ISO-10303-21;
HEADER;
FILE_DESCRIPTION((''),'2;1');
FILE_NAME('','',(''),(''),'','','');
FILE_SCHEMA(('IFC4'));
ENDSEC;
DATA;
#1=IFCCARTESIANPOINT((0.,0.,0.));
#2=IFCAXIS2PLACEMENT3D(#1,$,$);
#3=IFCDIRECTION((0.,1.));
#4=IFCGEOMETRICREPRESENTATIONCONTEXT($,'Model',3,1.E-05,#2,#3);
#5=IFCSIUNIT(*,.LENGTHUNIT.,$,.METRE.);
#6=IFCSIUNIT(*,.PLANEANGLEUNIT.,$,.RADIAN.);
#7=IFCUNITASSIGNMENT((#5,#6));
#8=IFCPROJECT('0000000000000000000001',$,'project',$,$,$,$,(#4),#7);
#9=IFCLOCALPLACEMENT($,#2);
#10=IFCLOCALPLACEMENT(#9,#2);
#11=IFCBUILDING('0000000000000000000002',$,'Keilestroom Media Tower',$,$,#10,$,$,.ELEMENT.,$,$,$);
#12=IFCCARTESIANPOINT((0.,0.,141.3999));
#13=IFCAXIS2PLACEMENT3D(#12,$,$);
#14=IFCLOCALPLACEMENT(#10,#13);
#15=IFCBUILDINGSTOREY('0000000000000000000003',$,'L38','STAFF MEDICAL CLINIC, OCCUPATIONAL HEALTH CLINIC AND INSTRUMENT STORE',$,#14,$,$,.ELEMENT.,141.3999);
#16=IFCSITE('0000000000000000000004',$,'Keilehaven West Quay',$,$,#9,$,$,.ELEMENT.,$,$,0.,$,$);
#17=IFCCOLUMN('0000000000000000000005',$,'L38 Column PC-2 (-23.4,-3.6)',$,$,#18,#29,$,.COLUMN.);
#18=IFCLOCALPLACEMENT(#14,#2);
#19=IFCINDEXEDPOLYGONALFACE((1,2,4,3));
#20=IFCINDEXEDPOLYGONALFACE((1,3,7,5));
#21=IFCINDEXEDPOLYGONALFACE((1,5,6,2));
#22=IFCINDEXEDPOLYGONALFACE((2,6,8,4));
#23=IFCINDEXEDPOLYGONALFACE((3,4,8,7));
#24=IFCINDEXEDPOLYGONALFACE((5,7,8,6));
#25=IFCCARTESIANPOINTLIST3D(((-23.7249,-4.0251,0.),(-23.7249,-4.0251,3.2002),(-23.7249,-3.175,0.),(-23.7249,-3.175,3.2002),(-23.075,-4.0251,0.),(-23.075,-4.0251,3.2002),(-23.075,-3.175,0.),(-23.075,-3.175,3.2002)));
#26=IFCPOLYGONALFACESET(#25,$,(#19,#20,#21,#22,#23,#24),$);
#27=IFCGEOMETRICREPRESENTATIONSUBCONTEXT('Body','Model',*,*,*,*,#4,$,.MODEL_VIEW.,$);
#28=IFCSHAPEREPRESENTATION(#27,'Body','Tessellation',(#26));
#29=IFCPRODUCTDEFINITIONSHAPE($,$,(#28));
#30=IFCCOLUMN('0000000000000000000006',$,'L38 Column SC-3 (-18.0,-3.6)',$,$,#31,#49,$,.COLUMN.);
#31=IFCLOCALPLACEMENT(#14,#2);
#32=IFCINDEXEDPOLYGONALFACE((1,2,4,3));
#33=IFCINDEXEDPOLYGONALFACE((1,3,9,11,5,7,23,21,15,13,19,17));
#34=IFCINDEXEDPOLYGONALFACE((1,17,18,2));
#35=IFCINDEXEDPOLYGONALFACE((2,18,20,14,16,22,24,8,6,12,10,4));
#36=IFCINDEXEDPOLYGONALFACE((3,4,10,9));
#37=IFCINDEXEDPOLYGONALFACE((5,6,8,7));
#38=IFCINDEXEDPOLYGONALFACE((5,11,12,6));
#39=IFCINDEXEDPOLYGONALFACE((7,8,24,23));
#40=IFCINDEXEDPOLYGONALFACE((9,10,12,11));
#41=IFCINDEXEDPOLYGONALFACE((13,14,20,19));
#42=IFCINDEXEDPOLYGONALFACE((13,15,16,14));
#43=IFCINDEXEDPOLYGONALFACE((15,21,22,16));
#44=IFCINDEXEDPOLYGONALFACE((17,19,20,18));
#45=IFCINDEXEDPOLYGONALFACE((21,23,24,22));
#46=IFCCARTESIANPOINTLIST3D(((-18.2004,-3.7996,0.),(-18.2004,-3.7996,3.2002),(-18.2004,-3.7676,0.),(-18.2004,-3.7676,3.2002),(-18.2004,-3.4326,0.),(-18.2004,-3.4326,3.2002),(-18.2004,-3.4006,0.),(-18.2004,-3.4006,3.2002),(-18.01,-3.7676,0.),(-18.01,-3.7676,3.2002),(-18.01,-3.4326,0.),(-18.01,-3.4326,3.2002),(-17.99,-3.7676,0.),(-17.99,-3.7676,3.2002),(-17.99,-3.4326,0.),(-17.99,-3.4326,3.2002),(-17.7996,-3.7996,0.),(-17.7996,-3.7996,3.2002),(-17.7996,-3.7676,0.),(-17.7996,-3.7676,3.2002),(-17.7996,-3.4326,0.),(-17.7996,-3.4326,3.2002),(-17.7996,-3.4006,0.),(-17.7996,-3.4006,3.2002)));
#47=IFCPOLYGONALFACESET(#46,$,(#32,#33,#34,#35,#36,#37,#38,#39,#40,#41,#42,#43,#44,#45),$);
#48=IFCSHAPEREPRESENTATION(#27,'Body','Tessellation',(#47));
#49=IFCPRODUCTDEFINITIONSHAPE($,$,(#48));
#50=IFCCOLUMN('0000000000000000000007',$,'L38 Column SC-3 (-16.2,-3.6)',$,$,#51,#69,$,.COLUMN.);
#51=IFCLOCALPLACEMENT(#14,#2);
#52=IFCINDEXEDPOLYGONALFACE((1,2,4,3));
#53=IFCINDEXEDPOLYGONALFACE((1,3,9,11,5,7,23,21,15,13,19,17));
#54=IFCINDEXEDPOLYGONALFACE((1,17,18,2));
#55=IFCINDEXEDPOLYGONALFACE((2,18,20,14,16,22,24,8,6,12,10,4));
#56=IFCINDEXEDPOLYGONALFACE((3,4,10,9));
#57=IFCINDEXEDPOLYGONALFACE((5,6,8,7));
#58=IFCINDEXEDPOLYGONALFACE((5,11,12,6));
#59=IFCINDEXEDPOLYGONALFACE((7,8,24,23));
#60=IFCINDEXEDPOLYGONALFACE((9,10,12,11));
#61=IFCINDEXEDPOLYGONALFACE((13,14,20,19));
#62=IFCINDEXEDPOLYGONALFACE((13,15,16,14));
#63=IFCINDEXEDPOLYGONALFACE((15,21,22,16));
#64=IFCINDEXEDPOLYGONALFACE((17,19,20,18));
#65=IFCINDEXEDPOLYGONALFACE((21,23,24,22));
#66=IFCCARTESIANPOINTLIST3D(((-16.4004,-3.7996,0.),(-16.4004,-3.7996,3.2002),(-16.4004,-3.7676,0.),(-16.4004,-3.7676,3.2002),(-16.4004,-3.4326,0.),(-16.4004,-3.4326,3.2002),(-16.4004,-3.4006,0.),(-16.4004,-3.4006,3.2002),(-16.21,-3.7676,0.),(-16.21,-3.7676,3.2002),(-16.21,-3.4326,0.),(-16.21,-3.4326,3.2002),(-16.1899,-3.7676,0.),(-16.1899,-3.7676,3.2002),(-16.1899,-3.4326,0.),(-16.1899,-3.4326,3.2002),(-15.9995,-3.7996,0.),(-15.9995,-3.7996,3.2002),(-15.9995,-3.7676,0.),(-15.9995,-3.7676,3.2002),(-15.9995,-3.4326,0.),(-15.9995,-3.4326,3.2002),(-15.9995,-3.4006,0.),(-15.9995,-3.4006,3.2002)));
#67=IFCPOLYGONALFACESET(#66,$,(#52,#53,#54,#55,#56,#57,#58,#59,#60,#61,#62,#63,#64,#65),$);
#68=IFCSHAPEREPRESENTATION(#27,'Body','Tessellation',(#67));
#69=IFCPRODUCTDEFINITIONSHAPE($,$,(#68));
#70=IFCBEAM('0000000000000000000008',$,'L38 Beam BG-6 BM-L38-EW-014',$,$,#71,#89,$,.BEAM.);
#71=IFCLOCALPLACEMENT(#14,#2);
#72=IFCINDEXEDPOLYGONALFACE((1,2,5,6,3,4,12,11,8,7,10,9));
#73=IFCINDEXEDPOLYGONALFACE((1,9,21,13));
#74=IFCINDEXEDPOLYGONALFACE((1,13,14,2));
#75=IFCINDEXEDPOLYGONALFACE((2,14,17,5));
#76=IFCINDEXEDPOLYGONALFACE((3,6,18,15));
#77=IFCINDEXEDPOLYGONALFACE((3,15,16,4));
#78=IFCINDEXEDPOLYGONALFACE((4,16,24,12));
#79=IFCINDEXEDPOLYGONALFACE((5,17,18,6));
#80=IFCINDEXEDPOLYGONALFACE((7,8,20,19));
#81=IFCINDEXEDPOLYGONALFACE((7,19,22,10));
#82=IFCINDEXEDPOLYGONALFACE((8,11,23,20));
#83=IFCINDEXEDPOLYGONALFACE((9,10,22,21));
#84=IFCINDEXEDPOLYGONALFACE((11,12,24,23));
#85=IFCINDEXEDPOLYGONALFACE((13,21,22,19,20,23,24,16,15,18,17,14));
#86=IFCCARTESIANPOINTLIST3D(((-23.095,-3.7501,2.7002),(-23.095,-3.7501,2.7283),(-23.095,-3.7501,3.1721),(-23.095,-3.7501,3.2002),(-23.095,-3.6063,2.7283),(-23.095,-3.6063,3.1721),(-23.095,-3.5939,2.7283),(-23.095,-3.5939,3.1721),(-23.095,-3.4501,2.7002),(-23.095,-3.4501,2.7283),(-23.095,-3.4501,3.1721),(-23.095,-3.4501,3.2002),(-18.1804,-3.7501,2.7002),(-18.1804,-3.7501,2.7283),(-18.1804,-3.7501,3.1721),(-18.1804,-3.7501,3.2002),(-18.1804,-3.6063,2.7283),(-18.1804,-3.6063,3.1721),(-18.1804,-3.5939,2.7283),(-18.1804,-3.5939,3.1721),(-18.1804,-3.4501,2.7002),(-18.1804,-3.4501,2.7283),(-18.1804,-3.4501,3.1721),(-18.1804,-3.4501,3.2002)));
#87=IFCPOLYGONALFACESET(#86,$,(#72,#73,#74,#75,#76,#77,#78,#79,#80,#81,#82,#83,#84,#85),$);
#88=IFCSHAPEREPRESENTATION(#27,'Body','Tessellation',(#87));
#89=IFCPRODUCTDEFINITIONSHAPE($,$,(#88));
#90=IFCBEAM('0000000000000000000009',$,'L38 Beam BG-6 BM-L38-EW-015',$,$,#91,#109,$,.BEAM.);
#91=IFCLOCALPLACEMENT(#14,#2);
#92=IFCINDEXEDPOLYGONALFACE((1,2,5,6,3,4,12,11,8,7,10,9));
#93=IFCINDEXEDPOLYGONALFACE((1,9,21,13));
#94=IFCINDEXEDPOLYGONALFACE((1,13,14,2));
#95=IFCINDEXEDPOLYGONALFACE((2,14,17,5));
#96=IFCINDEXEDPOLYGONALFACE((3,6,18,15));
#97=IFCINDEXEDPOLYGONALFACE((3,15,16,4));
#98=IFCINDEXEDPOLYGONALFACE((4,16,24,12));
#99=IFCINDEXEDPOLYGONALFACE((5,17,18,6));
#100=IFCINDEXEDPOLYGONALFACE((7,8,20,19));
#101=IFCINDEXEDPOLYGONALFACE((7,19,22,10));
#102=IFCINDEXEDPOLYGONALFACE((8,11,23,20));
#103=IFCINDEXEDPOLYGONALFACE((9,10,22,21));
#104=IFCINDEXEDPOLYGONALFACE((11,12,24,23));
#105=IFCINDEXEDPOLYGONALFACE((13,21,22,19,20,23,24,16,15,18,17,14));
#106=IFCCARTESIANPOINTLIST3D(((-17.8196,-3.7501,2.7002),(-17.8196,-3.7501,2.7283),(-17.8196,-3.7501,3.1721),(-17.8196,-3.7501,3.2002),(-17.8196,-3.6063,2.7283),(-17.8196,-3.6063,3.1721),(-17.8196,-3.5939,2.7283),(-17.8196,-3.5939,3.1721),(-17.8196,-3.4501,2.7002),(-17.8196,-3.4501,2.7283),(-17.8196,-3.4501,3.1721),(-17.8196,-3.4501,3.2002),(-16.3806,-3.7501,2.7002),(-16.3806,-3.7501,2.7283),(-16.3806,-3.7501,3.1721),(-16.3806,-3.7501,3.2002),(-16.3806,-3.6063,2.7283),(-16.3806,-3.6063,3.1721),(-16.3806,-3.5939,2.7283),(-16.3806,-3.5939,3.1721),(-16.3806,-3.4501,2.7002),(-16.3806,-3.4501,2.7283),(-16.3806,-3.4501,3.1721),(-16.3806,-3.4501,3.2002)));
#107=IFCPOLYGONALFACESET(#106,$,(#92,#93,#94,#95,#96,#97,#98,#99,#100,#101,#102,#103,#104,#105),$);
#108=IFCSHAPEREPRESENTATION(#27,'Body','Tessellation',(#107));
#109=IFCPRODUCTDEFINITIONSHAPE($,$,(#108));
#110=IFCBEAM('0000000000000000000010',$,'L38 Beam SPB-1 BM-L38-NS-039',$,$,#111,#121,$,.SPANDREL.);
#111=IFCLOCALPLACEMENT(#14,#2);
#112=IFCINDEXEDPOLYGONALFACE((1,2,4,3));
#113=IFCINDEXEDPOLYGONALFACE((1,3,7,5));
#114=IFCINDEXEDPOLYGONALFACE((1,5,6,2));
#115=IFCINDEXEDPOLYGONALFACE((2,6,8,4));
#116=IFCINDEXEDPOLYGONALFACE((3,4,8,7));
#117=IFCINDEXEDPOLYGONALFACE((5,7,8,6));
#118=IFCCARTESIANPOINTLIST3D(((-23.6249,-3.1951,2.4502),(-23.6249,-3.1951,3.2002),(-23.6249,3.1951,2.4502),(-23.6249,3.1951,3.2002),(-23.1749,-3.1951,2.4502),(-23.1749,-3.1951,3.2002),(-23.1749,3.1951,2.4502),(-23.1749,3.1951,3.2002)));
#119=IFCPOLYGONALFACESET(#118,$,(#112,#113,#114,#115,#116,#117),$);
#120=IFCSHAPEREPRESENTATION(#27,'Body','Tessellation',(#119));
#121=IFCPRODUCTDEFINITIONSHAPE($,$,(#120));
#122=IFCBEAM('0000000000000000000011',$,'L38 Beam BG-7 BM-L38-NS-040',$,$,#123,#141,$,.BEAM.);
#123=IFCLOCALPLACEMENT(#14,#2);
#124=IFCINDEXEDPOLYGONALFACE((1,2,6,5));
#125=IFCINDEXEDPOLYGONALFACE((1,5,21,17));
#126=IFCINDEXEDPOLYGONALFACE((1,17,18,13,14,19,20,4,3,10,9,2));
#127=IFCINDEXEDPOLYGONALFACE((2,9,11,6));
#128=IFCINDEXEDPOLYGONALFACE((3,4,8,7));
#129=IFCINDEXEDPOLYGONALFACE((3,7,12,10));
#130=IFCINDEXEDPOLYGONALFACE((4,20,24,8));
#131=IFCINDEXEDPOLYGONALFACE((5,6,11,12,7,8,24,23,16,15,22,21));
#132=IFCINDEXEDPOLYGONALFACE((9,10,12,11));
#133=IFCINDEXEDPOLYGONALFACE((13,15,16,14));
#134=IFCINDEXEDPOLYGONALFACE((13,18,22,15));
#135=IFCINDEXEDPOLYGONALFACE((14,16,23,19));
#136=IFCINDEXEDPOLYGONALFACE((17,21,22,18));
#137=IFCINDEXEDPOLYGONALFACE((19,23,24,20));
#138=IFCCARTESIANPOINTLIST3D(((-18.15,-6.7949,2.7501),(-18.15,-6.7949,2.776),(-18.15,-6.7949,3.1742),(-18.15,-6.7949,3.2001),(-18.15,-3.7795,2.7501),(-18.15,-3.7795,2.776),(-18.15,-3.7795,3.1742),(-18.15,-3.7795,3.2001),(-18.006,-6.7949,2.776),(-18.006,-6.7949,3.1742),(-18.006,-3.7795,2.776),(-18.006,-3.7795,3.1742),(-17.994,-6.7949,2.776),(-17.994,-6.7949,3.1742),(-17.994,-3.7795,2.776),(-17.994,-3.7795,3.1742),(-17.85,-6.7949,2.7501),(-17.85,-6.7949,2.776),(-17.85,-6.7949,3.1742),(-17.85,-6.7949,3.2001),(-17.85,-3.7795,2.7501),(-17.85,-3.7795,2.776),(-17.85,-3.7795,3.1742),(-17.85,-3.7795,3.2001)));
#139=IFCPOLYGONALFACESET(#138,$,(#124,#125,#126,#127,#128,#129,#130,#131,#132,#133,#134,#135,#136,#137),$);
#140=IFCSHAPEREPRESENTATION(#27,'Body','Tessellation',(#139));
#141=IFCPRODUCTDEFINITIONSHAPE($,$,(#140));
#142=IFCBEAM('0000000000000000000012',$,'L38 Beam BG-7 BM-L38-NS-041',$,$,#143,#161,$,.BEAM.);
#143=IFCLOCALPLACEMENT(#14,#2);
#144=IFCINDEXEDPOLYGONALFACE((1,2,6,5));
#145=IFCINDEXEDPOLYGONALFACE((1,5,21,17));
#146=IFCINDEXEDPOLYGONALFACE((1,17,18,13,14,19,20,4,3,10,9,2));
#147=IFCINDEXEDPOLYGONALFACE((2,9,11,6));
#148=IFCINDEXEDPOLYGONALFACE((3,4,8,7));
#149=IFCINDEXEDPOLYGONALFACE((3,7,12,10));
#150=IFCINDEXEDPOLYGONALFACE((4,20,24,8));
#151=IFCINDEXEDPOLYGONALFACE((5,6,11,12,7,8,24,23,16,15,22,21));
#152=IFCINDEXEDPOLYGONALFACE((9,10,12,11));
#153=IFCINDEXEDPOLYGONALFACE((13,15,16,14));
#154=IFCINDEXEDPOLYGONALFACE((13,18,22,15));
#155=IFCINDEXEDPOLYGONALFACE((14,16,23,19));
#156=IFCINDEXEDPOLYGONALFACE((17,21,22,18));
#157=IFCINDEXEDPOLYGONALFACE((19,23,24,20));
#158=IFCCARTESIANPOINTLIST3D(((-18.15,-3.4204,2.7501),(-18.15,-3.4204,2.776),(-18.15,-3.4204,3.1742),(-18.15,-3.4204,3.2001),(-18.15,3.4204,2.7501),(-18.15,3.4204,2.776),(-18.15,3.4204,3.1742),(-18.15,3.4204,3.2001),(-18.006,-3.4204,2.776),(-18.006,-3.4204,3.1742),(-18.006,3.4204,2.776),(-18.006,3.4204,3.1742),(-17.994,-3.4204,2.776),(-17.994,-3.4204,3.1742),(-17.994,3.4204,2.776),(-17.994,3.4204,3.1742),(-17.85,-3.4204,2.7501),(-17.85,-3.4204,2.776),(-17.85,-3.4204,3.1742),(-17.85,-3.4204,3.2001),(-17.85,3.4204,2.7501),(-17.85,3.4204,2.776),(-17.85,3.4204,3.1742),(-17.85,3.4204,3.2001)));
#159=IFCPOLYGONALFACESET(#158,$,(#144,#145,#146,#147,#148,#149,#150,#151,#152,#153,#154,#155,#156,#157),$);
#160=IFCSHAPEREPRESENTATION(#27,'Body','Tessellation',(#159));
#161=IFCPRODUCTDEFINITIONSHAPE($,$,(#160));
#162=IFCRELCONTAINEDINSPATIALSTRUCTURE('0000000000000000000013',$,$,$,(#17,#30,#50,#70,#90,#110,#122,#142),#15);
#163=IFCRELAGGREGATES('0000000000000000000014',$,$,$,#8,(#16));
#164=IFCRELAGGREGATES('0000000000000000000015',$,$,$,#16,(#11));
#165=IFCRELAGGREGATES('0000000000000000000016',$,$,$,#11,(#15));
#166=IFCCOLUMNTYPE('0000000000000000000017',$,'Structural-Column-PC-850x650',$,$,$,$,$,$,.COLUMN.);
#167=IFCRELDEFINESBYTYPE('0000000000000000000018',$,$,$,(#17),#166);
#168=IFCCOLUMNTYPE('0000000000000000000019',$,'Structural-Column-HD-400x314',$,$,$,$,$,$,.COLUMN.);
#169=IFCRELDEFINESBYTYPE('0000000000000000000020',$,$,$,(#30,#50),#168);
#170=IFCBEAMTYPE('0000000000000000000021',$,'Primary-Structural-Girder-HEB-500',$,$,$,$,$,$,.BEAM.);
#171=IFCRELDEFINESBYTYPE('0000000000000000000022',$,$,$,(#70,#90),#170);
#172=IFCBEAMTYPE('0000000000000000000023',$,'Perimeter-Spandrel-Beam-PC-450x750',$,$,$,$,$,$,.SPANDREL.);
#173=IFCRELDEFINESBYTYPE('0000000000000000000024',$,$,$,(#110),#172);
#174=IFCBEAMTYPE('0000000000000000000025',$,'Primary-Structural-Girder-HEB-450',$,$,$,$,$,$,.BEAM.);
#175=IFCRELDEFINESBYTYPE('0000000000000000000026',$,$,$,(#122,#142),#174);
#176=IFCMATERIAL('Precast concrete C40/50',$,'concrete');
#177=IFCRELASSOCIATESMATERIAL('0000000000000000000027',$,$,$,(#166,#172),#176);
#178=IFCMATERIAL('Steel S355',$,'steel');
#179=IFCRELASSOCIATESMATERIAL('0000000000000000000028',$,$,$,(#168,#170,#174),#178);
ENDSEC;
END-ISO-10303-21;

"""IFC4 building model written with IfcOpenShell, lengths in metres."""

from ifc_helpers import new_model, si_unit, direction, frame, origin, origin_2d, place, context, subcontext, project, spatial, rectangle, i_section, extrude, source, transform, mapped, material, material_profile, profile_set, type_object, element, save


model = new_model("IFC4")

# Units and contexts
model_context = context("Model", 3, precision=1e-05, world=origin(), true_north=direction((0.0, 1.0)))
body_context = subcontext(model_context, "Body", "Model", "MODEL_VIEW")
ifc_project = project(units=[si_unit("LENGTHUNIT", "METRE"), si_unit("PLANEANGLEUNIT", "RADIAN")], contexts=[model_context])

# Site, building, storey
site_placement = place(None, origin())
site = spatial("IfcSite", under=ifc_project, at=site_placement, Name="Keilehaven West Quay", CompositionType="ELEMENT", RefElevation=0.0)
building_placement = place(site_placement, origin())
building = spatial("IfcBuilding", under=site, at=building_placement, Name="Keilestroom Media Tower", CompositionType="ELEMENT")
storey_placement = place(building_placement, frame((0.0, 0.0, 141.3999)))
storey = spatial("IfcBuildingStorey", under=building, at=storey_placement, Name="L38", Description="STAFF MEDICAL CLINIC, OCCUPATIONAL HEALTH CLINIC AND INSTRUMENT STORE", CompositionType="ELEMENT", Elevation=141.3999)

# Columns
ifc_material_1 = material(Name="Precast concrete C40/50", Category="concrete")
ifc_material_profile_1 = material_profile(ifc_material_1, rectangle(XDim=0.6499, YDim=0.8501, at=origin_2d()), Name="PC 850x650")
ifc_profile_set_1 = profile_set([ifc_material_profile_1], Name="Precast concrete C40/50")
column_type_1 = type_object("IfcColumnType", Name="Structural-Column-PC-850x650", PredefinedType="COLUMN", material=ifc_profile_set_1)
shared_shape_1 = source(origin(), body_context, "Body", "SweptSolid", [
    extrude(rectangle(XDim=0.6499, YDim=0.8501, at=origin_2d()), origin(), (0.0, 0.0, 1.0), 3.2002),
])
column_placement = place(storey_placement, frame((-23.3999, -3.6001, 0.0), z_axis=(0.0, 0.0, 1.0), x_axis=(1.0, 0.0, 0.0)))
element("IfcColumn", 1, at=column_placement, inside=storey, type_object=column_type_1, Name="L38 Column PC-2 (-23.4,-3.6)", PredefinedType="COLUMN", context=body_context, shape_type="MappedRepresentation", body=[
    mapped(shared_shape_1, transform((0.0, 0.0, 0.0), x_axis=(1.0, 0.0, 0.0), y_axis=(0.0, 1.0, 0.0), z_axis=(0.0, 0.0, 1.0), scale=1.0)),
])
ifc_material_2 = material(Name="Steel S355", Category="steel")
ifc_material_profile_2 = material_profile(ifc_material_2, i_section(OverallWidth=0.4009, OverallDepth=0.3989, WebThickness=0.02, FlangeThickness=0.032, at=origin_2d()), Name="HD 400x314")
ifc_profile_set_2 = profile_set([ifc_material_profile_2], Name="Steel S355")
column_type_2 = type_object("IfcColumnType", Name="Structural-Column-HD-400x314", PredefinedType="COLUMN", material=ifc_profile_set_2)
shared_shape_2 = source(origin(), body_context, "Body", "SweptSolid", [
    extrude(i_section(OverallWidth=0.4009, OverallDepth=0.3989, WebThickness=0.02, FlangeThickness=0.032, at=origin_2d()), origin(), (0.0, 0.0, 1.0), 3.2002),
])
for number, where, z_axis, x_axis, name in (
    (2, (-18.0, -3.6001, 0.0), (0.0, 0.0, 1.0), (1.0, 0.0, 0.0), "L38 Column SC-3 (-18.0,-3.6)"),
    (3, (-16.2, -3.6001, 0.0), (0.0, 0.0, 1.0), (1.0, 0.0, 0.0), "L38 Column SC-3 (-16.2,-3.6)"),
):
    element("IfcColumn", number, at=place(storey_placement, frame(where, z_axis=z_axis, x_axis=x_axis)), inside=storey, type_object=column_type_2, Name=name, PredefinedType="COLUMN", context=body_context, shape_type="MappedRepresentation", body=[
        mapped(shared_shape_2, transform((0.0, 0.0, 0.0), x_axis=(1.0, 0.0, 0.0), y_axis=(0.0, 1.0, 0.0), z_axis=(0.0, 0.0, 1.0), scale=1.0)),
    ])

# Beams
ifc_material_profile_3 = material_profile(ifc_material_2, i_section(OverallWidth=0.3, OverallDepth=0.5, WebThickness=0.0125, FlangeThickness=0.0281, at=origin_2d()), Name="HEB 500")
ifc_profile_set_3 = profile_set([ifc_material_profile_3], Name="Steel S355")
beam_type_1 = type_object("IfcBeamType", Name="Primary-Structural-Girder-HEB-500", PredefinedType="BEAM", material=ifc_profile_set_3)
shared_shape_3 = source(origin(), body_context, "Body", "SweptSolid", [
    extrude(i_section(OverallWidth=0.3, OverallDepth=0.5, WebThickness=0.0125, FlangeThickness=0.0281, at=origin_2d()), origin(), (0.0, 0.0, 1.0), 4.9146),
])
beam_1_placement = place(storey_placement, frame((-23.095, -3.6001, 2.9502), z_axis=(1.0, 0.0, 0.0), x_axis=(0.0, 1.0, 0.0)))
element("IfcBeam", 4, at=beam_1_placement, inside=storey, type_object=beam_type_1, Name="L38 Beam BG-6 BM-L38-EW-014", PredefinedType="BEAM", context=body_context, shape_type="MappedRepresentation", body=[
    mapped(shared_shape_3, transform((0.0, 0.0, 0.0), x_axis=(1.0, 0.0, 0.0), y_axis=(0.0, 1.0, 0.0), z_axis=(0.0, 0.0, 1.0), scale=1.0)),
])
shared_shape_4 = source(origin(), body_context, "Body", "SweptSolid", [
    extrude(i_section(OverallWidth=0.3, OverallDepth=0.5, WebThickness=0.0125, FlangeThickness=0.0281, at=origin_2d()), origin(), (0.0, 0.0, 1.0), 1.439),
])
beam_2_placement = place(storey_placement, frame((-17.8196, -3.6001, 2.9502), z_axis=(1.0, 0.0, 0.0), x_axis=(0.0, 1.0, 0.0)))
element("IfcBeam", 5, at=beam_2_placement, inside=storey, type_object=beam_type_1, Name="L38 Beam BG-6 BM-L38-EW-015", PredefinedType="BEAM", context=body_context, shape_type="MappedRepresentation", body=[
    mapped(shared_shape_4, transform((0.0, 0.0, 0.0), x_axis=(1.0, 0.0, 0.0), y_axis=(0.0, 1.0, 0.0), z_axis=(0.0, 0.0, 1.0), scale=1.0)),
])
ifc_material_profile_4 = material_profile(ifc_material_1, rectangle(XDim=0.45, YDim=0.75, at=origin_2d()), Name="PC 450x750")
ifc_profile_set_4 = profile_set([ifc_material_profile_4], Name="Precast concrete C40/50")
beam_type_2 = type_object("IfcBeamType", Name="Perimeter-Spandrel-Beam-PC-450x750", PredefinedType="SPANDREL", material=ifc_profile_set_4)
shared_shape_5 = source(origin(), body_context, "Body", "SweptSolid", [
    extrude(rectangle(XDim=0.45, YDim=0.75, at=origin_2d()), origin(), (0.0, 0.0, 1.0), 6.3901),
])
beam_3_placement = place(storey_placement, frame((-23.3999, -3.1951, 2.8252), z_axis=(0.0, 1.0, 0.0), x_axis=(-1.0, 0.0, 0.0)))
element("IfcBeam", 6, at=beam_3_placement, inside=storey, type_object=beam_type_2, Name="L38 Beam SPB-1 BM-L38-NS-039", PredefinedType="SPANDREL", context=body_context, shape_type="MappedRepresentation", body=[
    mapped(shared_shape_5, transform((0.0, 0.0, 0.0), x_axis=(1.0, 0.0, 0.0), y_axis=(0.0, 1.0, 0.0), z_axis=(0.0, 0.0, 1.0), scale=1.0)),
])
ifc_material_profile_5 = material_profile(ifc_material_2, i_section(OverallWidth=0.3, OverallDepth=0.45, WebThickness=0.012, FlangeThickness=0.0259, at=origin_2d()), Name="HEB 450")
ifc_profile_set_5 = profile_set([ifc_material_profile_5], Name="Steel S355")
beam_type_3 = type_object("IfcBeamType", Name="Primary-Structural-Girder-HEB-450", PredefinedType="BEAM", material=ifc_profile_set_5)
shared_shape_6 = source(origin(), body_context, "Body", "SweptSolid", [
    extrude(i_section(OverallWidth=0.3, OverallDepth=0.45, WebThickness=0.012, FlangeThickness=0.0259, at=origin_2d()), origin(), (0.0, 0.0, 1.0), 3.0154),
])
beam_4_placement = place(storey_placement, frame((-18.0, -6.7949, 2.9751), z_axis=(0.0, 1.0, 0.0), x_axis=(-1.0, 0.0, 0.0)))
element("IfcBeam", 7, at=beam_4_placement, inside=storey, type_object=beam_type_3, Name="L38 Beam BG-7 BM-L38-NS-040", PredefinedType="BEAM", context=body_context, shape_type="MappedRepresentation", body=[
    mapped(shared_shape_6, transform((0.0, 0.0, 0.0), x_axis=(1.0, 0.0, 0.0), y_axis=(0.0, 1.0, 0.0), z_axis=(0.0, 0.0, 1.0), scale=1.0)),
])
shared_shape_7 = source(origin(), body_context, "Body", "SweptSolid", [
    extrude(i_section(OverallWidth=0.3, OverallDepth=0.45, WebThickness=0.012, FlangeThickness=0.0259, at=origin_2d()), origin(), (0.0, 0.0, 1.0), 6.8408),
])
beam_5_placement = place(storey_placement, frame((-18.0, -3.4204, 2.9751), z_axis=(0.0, 1.0, 0.0), x_axis=(-1.0, 0.0, 0.0)))
element("IfcBeam", 8, at=beam_5_placement, inside=storey, type_object=beam_type_3, Name="L38 Beam BG-7 BM-L38-NS-041", PredefinedType="BEAM", context=body_context, shape_type="MappedRepresentation", body=[
    mapped(shared_shape_7, transform((0.0, 0.0, 0.0), x_axis=(1.0, 0.0, 0.0), y_axis=(0.0, 1.0, 0.0), z_axis=(0.0, 0.0, 1.0), scale=1.0)),
])

save(model, "model.ifc")
